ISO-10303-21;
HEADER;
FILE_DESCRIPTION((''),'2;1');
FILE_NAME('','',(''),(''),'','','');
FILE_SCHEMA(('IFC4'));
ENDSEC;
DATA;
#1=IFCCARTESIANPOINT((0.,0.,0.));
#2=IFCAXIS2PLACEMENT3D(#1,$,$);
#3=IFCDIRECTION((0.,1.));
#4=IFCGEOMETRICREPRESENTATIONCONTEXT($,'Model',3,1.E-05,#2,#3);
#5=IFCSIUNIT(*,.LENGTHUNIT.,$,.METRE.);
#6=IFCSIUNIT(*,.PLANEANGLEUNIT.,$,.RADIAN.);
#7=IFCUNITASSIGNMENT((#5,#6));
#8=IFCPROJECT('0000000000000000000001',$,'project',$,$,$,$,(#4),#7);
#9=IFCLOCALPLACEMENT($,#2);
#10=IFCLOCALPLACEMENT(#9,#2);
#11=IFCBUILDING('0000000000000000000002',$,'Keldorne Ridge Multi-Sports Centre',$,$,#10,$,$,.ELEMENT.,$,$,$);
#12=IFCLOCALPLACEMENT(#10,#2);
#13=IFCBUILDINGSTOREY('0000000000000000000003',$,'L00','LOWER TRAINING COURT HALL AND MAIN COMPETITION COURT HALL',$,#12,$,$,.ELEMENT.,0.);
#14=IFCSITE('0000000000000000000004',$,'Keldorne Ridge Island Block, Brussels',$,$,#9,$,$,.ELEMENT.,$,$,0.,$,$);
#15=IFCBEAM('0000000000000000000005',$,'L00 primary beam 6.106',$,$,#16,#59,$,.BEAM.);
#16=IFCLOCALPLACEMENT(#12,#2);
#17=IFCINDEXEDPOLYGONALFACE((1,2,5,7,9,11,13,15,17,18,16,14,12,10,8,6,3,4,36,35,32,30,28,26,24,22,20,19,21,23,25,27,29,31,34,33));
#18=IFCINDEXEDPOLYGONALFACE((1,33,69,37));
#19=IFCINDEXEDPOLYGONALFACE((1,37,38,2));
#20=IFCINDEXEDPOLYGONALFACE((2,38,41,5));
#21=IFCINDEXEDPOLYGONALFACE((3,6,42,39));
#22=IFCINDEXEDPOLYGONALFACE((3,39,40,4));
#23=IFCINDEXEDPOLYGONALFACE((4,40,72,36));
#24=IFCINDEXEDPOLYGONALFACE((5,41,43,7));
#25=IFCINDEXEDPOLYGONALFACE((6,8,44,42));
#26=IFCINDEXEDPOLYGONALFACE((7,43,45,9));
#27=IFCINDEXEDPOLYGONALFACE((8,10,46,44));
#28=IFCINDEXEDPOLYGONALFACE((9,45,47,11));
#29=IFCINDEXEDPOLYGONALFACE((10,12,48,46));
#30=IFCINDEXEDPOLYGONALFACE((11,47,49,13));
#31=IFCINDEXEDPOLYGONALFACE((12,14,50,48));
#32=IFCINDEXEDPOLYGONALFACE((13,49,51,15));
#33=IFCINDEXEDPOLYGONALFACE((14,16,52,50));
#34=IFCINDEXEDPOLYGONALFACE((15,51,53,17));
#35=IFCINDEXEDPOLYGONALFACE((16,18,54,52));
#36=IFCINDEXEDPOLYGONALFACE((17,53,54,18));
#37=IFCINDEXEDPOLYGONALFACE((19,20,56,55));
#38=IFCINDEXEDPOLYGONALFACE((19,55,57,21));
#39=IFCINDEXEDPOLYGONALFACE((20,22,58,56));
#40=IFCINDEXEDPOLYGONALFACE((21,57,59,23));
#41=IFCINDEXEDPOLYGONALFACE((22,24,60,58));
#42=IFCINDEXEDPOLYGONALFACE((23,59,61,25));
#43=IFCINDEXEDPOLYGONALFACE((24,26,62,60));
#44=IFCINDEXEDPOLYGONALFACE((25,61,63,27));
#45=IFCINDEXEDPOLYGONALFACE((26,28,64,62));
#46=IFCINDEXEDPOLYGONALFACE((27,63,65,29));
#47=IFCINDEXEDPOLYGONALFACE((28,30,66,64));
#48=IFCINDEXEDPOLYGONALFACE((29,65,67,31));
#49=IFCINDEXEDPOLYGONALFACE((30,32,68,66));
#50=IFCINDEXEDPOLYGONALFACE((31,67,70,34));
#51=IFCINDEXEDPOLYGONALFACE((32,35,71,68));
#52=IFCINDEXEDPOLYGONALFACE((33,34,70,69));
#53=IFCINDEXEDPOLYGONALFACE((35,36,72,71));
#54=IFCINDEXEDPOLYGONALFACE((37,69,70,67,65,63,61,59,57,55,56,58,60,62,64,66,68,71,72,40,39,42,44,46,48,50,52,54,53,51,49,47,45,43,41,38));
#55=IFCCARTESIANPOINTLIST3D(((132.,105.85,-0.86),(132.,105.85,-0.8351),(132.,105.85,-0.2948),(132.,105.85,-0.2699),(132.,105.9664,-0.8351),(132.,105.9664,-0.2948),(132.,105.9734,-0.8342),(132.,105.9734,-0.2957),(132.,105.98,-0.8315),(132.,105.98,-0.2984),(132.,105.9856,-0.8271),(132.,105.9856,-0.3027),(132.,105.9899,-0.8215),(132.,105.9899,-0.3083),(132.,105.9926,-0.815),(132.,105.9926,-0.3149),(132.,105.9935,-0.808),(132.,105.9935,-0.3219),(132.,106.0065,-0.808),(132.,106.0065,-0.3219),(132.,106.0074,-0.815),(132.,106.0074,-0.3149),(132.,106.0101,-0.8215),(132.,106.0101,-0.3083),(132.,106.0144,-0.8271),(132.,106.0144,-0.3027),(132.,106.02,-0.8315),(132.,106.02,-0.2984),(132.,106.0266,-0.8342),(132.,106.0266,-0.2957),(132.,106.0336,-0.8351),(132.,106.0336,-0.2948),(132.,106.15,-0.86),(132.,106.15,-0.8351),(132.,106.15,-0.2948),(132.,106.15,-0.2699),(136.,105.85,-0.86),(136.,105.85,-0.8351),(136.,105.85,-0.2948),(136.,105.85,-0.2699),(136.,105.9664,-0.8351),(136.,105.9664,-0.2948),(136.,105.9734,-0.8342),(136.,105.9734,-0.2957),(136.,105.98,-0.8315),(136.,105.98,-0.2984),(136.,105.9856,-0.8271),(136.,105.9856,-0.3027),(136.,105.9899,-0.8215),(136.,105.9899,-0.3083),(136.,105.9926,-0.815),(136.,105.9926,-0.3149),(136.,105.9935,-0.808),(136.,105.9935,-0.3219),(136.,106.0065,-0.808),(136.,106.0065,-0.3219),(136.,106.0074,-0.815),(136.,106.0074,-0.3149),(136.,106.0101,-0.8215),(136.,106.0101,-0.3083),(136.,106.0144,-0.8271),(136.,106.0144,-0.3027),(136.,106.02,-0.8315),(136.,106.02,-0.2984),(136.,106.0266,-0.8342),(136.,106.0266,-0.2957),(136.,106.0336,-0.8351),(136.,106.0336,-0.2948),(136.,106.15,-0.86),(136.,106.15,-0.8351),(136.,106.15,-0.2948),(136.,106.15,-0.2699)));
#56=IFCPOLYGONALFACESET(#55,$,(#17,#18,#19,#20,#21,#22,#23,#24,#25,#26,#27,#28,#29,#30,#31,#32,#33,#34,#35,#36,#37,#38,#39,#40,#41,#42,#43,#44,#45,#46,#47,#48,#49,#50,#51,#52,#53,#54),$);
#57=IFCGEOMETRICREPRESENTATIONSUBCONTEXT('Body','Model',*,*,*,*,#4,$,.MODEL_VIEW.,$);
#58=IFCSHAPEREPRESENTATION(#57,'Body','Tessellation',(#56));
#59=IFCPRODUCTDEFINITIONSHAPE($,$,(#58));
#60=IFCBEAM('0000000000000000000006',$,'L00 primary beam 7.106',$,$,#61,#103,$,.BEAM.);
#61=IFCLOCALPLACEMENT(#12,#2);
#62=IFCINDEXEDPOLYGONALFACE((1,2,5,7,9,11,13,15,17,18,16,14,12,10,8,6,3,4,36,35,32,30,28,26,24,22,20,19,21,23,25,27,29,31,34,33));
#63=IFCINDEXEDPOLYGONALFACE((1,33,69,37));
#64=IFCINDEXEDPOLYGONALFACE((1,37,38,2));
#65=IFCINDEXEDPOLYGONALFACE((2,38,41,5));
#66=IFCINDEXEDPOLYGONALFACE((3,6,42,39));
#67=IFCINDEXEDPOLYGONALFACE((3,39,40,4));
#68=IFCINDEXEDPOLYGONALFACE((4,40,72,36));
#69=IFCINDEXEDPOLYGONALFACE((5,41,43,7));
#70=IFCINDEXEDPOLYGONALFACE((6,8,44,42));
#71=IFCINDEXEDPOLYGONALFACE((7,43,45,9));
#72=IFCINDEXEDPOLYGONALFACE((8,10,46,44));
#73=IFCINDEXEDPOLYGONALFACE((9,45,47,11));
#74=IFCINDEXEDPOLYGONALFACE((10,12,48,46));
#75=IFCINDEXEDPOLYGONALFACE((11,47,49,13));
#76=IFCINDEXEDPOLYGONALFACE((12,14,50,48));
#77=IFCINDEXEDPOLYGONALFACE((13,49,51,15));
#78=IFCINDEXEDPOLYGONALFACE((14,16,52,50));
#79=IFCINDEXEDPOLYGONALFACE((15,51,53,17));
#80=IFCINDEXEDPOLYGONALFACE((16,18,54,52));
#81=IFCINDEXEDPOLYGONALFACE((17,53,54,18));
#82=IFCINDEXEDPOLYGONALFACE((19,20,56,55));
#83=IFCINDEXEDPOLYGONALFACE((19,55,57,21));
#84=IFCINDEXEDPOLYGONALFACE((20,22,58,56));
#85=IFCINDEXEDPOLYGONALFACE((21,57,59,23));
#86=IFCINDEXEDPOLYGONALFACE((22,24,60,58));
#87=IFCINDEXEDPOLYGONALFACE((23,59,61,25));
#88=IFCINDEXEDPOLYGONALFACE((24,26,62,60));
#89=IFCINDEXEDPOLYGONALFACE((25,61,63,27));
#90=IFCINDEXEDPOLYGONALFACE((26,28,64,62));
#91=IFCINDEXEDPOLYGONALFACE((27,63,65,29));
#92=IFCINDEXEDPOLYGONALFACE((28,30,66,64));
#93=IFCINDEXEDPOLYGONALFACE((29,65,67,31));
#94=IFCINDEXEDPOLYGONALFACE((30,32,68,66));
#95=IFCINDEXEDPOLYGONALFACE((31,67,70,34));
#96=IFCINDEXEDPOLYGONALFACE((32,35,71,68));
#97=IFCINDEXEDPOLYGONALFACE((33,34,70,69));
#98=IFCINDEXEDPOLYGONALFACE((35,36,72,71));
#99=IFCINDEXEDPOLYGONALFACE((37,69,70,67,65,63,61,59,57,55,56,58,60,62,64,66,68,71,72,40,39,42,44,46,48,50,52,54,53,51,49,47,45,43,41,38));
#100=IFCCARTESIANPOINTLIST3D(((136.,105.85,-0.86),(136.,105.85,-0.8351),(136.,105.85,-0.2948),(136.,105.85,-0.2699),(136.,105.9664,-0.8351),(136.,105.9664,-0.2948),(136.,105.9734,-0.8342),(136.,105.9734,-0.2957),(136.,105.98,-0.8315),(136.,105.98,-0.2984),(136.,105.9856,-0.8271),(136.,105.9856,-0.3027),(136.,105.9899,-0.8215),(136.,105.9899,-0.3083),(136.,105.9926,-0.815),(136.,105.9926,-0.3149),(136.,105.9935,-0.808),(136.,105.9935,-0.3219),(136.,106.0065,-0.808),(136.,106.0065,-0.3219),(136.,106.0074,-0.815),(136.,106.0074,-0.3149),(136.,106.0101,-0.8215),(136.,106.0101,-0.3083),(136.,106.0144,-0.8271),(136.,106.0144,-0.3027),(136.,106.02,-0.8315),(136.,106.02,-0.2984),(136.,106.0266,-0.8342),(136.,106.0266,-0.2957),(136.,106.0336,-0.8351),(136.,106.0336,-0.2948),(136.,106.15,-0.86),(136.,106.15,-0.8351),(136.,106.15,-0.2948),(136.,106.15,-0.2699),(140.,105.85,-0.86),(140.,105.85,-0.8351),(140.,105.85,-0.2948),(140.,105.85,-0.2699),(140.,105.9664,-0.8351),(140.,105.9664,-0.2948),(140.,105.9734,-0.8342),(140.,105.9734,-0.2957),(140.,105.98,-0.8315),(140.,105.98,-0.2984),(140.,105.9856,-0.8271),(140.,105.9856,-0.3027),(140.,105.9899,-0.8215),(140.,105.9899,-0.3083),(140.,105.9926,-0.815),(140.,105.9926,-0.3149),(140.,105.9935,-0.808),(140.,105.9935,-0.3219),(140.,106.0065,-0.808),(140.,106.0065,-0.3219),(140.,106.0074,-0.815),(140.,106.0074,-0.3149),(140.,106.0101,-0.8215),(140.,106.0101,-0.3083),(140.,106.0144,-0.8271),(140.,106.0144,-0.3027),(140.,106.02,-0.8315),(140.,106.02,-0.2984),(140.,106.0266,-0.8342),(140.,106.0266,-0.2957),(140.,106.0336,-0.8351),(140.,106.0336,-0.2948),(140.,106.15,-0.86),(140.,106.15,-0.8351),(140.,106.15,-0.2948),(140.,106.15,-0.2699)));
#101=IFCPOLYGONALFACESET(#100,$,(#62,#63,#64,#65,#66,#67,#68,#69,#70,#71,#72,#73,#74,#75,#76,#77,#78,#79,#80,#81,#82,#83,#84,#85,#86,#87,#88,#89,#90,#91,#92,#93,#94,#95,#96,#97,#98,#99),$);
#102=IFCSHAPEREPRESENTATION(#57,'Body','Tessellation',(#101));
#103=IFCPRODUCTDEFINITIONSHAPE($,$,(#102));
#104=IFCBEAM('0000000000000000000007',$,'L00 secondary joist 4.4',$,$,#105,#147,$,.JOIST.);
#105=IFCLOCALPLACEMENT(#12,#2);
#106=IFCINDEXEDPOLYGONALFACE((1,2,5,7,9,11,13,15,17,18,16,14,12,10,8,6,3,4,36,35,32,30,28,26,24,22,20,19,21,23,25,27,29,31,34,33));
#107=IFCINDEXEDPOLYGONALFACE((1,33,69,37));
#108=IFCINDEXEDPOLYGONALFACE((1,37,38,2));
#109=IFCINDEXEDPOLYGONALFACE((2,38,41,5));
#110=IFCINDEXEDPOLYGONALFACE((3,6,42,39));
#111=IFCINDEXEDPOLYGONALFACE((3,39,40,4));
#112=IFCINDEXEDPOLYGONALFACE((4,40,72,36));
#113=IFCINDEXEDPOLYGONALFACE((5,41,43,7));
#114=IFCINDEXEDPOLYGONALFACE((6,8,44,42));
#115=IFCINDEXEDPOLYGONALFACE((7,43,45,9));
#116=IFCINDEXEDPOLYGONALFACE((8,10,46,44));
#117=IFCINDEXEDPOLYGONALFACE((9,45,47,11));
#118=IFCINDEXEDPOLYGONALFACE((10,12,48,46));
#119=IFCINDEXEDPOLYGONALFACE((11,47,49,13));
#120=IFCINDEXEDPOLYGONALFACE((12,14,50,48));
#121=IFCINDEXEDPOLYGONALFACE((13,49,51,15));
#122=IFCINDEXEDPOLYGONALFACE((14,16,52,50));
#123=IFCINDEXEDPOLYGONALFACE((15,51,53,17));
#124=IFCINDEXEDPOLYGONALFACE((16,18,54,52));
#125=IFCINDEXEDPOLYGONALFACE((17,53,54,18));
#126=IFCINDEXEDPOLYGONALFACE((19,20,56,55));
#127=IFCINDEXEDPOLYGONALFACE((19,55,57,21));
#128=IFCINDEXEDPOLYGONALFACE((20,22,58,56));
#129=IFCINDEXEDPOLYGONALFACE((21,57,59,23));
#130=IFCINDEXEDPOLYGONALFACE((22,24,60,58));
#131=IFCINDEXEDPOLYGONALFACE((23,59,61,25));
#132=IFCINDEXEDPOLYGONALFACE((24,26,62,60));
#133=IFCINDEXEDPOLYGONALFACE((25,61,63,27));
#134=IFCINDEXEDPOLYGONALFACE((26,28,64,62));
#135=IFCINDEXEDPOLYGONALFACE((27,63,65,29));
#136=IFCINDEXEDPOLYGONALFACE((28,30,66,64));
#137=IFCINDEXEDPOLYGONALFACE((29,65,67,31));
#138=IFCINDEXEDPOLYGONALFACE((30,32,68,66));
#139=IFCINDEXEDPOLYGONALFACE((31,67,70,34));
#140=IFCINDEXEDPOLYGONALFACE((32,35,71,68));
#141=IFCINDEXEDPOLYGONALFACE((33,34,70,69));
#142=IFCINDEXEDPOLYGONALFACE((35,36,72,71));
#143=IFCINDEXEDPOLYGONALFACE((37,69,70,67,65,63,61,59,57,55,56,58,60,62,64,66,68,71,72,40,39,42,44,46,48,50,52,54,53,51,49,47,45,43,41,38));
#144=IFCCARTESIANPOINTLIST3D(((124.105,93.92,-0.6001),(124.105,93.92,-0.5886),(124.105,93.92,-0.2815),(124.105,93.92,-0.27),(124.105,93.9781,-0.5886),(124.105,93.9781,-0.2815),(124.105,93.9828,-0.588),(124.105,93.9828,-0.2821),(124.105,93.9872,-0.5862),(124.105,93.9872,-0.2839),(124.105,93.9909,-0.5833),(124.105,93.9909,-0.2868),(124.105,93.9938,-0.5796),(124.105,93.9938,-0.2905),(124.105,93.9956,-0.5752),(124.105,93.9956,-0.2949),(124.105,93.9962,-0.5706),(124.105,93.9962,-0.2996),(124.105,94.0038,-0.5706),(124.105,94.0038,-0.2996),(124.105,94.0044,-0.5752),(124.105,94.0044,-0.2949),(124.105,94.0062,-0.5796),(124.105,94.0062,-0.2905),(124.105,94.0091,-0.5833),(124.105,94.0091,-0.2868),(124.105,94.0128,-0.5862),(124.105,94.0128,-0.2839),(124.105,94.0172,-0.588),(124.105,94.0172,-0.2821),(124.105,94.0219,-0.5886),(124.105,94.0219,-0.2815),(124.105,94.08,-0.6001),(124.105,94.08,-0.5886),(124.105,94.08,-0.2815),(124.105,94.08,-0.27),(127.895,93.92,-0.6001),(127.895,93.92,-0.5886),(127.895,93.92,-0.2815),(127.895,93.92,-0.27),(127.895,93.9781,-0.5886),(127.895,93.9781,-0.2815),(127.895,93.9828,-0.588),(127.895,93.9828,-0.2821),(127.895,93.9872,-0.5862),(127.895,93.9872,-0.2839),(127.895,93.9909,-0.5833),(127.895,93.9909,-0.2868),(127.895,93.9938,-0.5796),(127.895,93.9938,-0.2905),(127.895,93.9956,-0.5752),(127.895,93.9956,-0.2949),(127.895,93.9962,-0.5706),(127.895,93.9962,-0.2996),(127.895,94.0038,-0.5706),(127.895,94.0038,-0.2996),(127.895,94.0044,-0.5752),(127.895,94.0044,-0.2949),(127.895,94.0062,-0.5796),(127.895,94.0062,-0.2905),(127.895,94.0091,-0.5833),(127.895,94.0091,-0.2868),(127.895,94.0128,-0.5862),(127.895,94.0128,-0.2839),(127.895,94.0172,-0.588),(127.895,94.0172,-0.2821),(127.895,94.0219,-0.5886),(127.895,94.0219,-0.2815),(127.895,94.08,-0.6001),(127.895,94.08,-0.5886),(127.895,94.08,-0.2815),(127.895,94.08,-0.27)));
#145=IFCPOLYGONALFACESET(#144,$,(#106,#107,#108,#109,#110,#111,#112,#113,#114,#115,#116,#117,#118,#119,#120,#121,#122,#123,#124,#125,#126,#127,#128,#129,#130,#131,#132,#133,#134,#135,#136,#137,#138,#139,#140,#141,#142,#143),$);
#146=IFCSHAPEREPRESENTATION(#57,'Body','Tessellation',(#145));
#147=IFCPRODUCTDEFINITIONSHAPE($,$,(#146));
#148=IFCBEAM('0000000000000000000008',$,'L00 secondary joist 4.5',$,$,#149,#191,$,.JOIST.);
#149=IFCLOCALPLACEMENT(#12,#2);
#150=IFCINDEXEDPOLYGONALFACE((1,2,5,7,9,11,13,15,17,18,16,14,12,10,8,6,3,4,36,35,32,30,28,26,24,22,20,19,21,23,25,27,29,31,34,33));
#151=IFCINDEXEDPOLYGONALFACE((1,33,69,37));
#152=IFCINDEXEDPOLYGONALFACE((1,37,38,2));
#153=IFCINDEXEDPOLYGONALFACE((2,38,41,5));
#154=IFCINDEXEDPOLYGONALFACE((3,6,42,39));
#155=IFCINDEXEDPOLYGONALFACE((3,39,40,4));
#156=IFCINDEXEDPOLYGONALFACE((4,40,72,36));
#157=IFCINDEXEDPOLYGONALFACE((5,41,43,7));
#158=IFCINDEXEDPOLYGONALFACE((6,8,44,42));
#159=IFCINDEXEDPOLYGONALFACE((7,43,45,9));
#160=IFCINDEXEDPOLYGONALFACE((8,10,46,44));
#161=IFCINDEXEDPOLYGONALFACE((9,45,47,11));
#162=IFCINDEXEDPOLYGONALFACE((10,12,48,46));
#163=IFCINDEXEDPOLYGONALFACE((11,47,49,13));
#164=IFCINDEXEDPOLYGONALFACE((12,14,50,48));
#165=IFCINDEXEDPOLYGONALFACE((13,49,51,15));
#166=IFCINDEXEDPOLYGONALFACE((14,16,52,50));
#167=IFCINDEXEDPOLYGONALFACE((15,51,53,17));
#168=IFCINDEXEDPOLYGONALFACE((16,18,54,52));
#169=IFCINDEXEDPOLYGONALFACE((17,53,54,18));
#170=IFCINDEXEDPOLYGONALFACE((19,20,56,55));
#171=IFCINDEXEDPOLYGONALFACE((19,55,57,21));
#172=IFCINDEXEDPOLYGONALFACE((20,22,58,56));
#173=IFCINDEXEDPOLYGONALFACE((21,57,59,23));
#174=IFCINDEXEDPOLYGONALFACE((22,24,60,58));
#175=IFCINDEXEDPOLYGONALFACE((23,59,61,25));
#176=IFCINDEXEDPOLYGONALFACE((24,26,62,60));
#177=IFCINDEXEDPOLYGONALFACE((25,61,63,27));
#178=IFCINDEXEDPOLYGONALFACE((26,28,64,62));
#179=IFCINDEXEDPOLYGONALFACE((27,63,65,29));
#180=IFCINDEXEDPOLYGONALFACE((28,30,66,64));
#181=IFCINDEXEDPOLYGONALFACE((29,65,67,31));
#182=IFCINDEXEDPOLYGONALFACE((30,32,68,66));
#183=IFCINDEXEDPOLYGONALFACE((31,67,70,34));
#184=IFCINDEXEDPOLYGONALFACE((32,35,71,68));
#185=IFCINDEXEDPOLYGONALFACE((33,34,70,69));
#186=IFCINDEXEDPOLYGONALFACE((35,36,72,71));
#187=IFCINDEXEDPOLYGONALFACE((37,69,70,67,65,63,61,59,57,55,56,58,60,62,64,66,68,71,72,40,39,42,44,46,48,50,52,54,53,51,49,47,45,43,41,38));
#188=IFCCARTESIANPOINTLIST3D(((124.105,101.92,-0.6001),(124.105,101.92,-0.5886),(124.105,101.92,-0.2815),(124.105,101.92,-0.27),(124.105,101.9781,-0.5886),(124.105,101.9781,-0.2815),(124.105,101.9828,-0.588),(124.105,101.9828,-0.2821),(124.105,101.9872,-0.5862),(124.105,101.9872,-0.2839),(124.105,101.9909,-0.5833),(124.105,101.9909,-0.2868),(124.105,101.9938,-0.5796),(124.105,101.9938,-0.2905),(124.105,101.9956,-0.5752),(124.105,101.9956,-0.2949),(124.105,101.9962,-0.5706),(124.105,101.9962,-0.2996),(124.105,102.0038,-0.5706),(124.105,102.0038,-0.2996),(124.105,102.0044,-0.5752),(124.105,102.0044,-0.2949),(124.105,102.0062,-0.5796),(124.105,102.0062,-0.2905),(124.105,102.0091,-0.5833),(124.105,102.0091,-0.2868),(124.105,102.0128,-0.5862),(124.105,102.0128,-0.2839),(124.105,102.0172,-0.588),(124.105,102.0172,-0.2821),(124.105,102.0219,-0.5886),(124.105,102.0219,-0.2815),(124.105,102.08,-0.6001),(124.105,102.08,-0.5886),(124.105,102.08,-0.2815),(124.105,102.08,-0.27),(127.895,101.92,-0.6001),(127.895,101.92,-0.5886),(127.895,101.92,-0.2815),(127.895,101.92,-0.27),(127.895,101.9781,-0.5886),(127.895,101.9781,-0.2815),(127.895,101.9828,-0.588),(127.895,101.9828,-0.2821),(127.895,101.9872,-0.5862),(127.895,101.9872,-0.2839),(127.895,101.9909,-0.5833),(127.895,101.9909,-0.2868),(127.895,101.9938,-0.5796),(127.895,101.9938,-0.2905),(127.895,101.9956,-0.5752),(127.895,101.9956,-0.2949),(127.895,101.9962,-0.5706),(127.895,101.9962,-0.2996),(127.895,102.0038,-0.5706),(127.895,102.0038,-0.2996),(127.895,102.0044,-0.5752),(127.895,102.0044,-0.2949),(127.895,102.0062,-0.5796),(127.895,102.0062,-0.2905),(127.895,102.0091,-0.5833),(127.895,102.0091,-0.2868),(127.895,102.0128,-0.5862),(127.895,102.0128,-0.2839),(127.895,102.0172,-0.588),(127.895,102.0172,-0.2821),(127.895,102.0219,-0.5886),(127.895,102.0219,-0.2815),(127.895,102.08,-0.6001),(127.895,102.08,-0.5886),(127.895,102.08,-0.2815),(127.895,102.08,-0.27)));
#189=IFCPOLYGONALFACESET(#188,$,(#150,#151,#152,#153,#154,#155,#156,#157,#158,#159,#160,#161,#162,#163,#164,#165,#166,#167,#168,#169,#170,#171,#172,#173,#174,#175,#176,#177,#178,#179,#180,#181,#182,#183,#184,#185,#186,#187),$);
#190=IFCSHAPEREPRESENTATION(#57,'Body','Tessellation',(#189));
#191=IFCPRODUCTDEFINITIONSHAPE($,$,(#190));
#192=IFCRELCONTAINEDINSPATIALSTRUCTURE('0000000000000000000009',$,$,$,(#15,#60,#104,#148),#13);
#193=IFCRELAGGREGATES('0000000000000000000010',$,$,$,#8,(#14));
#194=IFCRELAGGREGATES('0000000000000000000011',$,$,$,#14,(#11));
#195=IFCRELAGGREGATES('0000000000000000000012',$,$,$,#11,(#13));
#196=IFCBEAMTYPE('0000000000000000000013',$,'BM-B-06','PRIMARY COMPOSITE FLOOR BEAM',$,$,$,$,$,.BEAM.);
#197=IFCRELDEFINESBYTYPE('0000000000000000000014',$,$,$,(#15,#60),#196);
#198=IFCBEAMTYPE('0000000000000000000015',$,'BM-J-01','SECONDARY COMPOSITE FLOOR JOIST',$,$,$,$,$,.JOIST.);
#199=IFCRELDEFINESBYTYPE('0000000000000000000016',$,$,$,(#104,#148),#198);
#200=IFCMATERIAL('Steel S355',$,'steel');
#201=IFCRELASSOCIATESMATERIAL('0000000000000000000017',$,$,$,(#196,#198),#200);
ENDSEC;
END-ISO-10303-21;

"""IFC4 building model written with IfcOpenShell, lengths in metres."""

from ifc_helpers import new_model, si_unit, direction, frame, origin, origin_2d, place, context, subcontext, project, spatial, i_section, extrude, material, material_profile, profile_set, type_object, element, save


model = new_model("IFC4")

# Units and contexts
model_context = context("Model", 3, precision=1e-05, world=origin(), true_north=direction((0.0, 1.0)))
body_context = subcontext(model_context, "Body", "Model", "MODEL_VIEW")
ifc_project = project(units=[si_unit("LENGTHUNIT", "METRE"), si_unit("PLANEANGLEUNIT", "RADIAN")], contexts=[model_context])

# Site, building, storey
site_placement = place(None, origin())
site = spatial("IfcSite", under=ifc_project, at=site_placement, Name="Keldorne Ridge Island Block, Brussels", CompositionType="ELEMENT", RefElevation=0.0)
building_placement = place(site_placement, origin())
building = spatial("IfcBuilding", under=site, at=building_placement, Name="Keldorne Ridge Multi-Sports Centre", CompositionType="ELEMENT")
storey_placement = place(building_placement, origin())
storey = spatial("IfcBuildingStorey", under=building, at=storey_placement, Name="L00", Description="LOWER TRAINING COURT HALL AND MAIN COMPETITION COURT HALL", CompositionType="ELEMENT", Elevation=0.0)

# Shared definitions
ifc_material_1 = material(Name="Steel S355", Category="steel")

# Beams
ifc_material_profile_1 = material_profile(ifc_material_1, i_section(OverallWidth=0.3, OverallDepth=0.5901, WebThickness=0.0129, FlangeThickness=0.0249, FilletRadius=0.0271, at=origin_2d()), Name="HEA 600")
ifc_profile_set_1 = profile_set([ifc_material_profile_1], Name="Steel S355")
beam_type_1 = type_object("IfcBeamType", Name="BM-B-06", Description="PRIMARY COMPOSITE FLOOR BEAM", PredefinedType="BEAM", material=ifc_profile_set_1)
for number, where, z_axis, x_axis, name in (
    (1, (132.0, 106.0, -0.5649), (1.0, 0.0, 0.0), (0.0, 1.0, 0.0), "L00 primary beam 6.106"),
    (2, (136.0, 106.0, -0.5649), (1.0, 0.0, 0.0), (0.0, 1.0, 0.0), "L00 primary beam 7.106"),
):
    element("IfcBeam", number, at=place(storey_placement, frame(where, z_axis=z_axis, x_axis=x_axis)), inside=storey, type_object=beam_type_1, Name=name, PredefinedType="BEAM", context=body_context, shape_type="SweptSolid", body=[
        extrude(i_section(OverallWidth=0.3, OverallDepth=0.5901, WebThickness=0.0129, FlangeThickness=0.0249, FilletRadius=0.0271, at=origin_2d()), origin(), (0.0, 0.0, 1.0), 4.0),
    ])
ifc_material_profile_2 = material_profile(ifc_material_1, i_section(OverallWidth=0.1599, OverallDepth=0.3301, WebThickness=0.0076, FlangeThickness=0.0115, FilletRadius=0.0181, at=origin_2d()), Name="IPE 330")
ifc_profile_set_2 = profile_set([ifc_material_profile_2], Name="Steel S355")
beam_type_2 = type_object("IfcBeamType", Name="BM-J-01", Description="SECONDARY COMPOSITE FLOOR JOIST", PredefinedType="JOIST", material=ifc_profile_set_2)
for number, where, z_axis, x_axis, name in (
    (3, (124.105, 94.0, -0.4351), (1.0, 0.0, 0.0), (0.0, 1.0, 0.0), "L00 secondary joist 4.4"),
    (4, (124.105, 102.0, -0.4351), (1.0, 0.0, 0.0), (0.0, 1.0, 0.0), "L00 secondary joist 4.5"),
):
    element("IfcBeam", number, at=place(storey_placement, frame(where, z_axis=z_axis, x_axis=x_axis)), inside=storey, type_object=beam_type_2, Name=name, PredefinedType="JOIST", context=body_context, shape_type="SweptSolid", body=[
        extrude(i_section(OverallWidth=0.1599, OverallDepth=0.3301, WebThickness=0.0076, FlangeThickness=0.0115, FilletRadius=0.0181, at=origin_2d()), origin(), (0.0, 0.0, 1.0), 3.79),
    ])

save(model, "model.ifc")
